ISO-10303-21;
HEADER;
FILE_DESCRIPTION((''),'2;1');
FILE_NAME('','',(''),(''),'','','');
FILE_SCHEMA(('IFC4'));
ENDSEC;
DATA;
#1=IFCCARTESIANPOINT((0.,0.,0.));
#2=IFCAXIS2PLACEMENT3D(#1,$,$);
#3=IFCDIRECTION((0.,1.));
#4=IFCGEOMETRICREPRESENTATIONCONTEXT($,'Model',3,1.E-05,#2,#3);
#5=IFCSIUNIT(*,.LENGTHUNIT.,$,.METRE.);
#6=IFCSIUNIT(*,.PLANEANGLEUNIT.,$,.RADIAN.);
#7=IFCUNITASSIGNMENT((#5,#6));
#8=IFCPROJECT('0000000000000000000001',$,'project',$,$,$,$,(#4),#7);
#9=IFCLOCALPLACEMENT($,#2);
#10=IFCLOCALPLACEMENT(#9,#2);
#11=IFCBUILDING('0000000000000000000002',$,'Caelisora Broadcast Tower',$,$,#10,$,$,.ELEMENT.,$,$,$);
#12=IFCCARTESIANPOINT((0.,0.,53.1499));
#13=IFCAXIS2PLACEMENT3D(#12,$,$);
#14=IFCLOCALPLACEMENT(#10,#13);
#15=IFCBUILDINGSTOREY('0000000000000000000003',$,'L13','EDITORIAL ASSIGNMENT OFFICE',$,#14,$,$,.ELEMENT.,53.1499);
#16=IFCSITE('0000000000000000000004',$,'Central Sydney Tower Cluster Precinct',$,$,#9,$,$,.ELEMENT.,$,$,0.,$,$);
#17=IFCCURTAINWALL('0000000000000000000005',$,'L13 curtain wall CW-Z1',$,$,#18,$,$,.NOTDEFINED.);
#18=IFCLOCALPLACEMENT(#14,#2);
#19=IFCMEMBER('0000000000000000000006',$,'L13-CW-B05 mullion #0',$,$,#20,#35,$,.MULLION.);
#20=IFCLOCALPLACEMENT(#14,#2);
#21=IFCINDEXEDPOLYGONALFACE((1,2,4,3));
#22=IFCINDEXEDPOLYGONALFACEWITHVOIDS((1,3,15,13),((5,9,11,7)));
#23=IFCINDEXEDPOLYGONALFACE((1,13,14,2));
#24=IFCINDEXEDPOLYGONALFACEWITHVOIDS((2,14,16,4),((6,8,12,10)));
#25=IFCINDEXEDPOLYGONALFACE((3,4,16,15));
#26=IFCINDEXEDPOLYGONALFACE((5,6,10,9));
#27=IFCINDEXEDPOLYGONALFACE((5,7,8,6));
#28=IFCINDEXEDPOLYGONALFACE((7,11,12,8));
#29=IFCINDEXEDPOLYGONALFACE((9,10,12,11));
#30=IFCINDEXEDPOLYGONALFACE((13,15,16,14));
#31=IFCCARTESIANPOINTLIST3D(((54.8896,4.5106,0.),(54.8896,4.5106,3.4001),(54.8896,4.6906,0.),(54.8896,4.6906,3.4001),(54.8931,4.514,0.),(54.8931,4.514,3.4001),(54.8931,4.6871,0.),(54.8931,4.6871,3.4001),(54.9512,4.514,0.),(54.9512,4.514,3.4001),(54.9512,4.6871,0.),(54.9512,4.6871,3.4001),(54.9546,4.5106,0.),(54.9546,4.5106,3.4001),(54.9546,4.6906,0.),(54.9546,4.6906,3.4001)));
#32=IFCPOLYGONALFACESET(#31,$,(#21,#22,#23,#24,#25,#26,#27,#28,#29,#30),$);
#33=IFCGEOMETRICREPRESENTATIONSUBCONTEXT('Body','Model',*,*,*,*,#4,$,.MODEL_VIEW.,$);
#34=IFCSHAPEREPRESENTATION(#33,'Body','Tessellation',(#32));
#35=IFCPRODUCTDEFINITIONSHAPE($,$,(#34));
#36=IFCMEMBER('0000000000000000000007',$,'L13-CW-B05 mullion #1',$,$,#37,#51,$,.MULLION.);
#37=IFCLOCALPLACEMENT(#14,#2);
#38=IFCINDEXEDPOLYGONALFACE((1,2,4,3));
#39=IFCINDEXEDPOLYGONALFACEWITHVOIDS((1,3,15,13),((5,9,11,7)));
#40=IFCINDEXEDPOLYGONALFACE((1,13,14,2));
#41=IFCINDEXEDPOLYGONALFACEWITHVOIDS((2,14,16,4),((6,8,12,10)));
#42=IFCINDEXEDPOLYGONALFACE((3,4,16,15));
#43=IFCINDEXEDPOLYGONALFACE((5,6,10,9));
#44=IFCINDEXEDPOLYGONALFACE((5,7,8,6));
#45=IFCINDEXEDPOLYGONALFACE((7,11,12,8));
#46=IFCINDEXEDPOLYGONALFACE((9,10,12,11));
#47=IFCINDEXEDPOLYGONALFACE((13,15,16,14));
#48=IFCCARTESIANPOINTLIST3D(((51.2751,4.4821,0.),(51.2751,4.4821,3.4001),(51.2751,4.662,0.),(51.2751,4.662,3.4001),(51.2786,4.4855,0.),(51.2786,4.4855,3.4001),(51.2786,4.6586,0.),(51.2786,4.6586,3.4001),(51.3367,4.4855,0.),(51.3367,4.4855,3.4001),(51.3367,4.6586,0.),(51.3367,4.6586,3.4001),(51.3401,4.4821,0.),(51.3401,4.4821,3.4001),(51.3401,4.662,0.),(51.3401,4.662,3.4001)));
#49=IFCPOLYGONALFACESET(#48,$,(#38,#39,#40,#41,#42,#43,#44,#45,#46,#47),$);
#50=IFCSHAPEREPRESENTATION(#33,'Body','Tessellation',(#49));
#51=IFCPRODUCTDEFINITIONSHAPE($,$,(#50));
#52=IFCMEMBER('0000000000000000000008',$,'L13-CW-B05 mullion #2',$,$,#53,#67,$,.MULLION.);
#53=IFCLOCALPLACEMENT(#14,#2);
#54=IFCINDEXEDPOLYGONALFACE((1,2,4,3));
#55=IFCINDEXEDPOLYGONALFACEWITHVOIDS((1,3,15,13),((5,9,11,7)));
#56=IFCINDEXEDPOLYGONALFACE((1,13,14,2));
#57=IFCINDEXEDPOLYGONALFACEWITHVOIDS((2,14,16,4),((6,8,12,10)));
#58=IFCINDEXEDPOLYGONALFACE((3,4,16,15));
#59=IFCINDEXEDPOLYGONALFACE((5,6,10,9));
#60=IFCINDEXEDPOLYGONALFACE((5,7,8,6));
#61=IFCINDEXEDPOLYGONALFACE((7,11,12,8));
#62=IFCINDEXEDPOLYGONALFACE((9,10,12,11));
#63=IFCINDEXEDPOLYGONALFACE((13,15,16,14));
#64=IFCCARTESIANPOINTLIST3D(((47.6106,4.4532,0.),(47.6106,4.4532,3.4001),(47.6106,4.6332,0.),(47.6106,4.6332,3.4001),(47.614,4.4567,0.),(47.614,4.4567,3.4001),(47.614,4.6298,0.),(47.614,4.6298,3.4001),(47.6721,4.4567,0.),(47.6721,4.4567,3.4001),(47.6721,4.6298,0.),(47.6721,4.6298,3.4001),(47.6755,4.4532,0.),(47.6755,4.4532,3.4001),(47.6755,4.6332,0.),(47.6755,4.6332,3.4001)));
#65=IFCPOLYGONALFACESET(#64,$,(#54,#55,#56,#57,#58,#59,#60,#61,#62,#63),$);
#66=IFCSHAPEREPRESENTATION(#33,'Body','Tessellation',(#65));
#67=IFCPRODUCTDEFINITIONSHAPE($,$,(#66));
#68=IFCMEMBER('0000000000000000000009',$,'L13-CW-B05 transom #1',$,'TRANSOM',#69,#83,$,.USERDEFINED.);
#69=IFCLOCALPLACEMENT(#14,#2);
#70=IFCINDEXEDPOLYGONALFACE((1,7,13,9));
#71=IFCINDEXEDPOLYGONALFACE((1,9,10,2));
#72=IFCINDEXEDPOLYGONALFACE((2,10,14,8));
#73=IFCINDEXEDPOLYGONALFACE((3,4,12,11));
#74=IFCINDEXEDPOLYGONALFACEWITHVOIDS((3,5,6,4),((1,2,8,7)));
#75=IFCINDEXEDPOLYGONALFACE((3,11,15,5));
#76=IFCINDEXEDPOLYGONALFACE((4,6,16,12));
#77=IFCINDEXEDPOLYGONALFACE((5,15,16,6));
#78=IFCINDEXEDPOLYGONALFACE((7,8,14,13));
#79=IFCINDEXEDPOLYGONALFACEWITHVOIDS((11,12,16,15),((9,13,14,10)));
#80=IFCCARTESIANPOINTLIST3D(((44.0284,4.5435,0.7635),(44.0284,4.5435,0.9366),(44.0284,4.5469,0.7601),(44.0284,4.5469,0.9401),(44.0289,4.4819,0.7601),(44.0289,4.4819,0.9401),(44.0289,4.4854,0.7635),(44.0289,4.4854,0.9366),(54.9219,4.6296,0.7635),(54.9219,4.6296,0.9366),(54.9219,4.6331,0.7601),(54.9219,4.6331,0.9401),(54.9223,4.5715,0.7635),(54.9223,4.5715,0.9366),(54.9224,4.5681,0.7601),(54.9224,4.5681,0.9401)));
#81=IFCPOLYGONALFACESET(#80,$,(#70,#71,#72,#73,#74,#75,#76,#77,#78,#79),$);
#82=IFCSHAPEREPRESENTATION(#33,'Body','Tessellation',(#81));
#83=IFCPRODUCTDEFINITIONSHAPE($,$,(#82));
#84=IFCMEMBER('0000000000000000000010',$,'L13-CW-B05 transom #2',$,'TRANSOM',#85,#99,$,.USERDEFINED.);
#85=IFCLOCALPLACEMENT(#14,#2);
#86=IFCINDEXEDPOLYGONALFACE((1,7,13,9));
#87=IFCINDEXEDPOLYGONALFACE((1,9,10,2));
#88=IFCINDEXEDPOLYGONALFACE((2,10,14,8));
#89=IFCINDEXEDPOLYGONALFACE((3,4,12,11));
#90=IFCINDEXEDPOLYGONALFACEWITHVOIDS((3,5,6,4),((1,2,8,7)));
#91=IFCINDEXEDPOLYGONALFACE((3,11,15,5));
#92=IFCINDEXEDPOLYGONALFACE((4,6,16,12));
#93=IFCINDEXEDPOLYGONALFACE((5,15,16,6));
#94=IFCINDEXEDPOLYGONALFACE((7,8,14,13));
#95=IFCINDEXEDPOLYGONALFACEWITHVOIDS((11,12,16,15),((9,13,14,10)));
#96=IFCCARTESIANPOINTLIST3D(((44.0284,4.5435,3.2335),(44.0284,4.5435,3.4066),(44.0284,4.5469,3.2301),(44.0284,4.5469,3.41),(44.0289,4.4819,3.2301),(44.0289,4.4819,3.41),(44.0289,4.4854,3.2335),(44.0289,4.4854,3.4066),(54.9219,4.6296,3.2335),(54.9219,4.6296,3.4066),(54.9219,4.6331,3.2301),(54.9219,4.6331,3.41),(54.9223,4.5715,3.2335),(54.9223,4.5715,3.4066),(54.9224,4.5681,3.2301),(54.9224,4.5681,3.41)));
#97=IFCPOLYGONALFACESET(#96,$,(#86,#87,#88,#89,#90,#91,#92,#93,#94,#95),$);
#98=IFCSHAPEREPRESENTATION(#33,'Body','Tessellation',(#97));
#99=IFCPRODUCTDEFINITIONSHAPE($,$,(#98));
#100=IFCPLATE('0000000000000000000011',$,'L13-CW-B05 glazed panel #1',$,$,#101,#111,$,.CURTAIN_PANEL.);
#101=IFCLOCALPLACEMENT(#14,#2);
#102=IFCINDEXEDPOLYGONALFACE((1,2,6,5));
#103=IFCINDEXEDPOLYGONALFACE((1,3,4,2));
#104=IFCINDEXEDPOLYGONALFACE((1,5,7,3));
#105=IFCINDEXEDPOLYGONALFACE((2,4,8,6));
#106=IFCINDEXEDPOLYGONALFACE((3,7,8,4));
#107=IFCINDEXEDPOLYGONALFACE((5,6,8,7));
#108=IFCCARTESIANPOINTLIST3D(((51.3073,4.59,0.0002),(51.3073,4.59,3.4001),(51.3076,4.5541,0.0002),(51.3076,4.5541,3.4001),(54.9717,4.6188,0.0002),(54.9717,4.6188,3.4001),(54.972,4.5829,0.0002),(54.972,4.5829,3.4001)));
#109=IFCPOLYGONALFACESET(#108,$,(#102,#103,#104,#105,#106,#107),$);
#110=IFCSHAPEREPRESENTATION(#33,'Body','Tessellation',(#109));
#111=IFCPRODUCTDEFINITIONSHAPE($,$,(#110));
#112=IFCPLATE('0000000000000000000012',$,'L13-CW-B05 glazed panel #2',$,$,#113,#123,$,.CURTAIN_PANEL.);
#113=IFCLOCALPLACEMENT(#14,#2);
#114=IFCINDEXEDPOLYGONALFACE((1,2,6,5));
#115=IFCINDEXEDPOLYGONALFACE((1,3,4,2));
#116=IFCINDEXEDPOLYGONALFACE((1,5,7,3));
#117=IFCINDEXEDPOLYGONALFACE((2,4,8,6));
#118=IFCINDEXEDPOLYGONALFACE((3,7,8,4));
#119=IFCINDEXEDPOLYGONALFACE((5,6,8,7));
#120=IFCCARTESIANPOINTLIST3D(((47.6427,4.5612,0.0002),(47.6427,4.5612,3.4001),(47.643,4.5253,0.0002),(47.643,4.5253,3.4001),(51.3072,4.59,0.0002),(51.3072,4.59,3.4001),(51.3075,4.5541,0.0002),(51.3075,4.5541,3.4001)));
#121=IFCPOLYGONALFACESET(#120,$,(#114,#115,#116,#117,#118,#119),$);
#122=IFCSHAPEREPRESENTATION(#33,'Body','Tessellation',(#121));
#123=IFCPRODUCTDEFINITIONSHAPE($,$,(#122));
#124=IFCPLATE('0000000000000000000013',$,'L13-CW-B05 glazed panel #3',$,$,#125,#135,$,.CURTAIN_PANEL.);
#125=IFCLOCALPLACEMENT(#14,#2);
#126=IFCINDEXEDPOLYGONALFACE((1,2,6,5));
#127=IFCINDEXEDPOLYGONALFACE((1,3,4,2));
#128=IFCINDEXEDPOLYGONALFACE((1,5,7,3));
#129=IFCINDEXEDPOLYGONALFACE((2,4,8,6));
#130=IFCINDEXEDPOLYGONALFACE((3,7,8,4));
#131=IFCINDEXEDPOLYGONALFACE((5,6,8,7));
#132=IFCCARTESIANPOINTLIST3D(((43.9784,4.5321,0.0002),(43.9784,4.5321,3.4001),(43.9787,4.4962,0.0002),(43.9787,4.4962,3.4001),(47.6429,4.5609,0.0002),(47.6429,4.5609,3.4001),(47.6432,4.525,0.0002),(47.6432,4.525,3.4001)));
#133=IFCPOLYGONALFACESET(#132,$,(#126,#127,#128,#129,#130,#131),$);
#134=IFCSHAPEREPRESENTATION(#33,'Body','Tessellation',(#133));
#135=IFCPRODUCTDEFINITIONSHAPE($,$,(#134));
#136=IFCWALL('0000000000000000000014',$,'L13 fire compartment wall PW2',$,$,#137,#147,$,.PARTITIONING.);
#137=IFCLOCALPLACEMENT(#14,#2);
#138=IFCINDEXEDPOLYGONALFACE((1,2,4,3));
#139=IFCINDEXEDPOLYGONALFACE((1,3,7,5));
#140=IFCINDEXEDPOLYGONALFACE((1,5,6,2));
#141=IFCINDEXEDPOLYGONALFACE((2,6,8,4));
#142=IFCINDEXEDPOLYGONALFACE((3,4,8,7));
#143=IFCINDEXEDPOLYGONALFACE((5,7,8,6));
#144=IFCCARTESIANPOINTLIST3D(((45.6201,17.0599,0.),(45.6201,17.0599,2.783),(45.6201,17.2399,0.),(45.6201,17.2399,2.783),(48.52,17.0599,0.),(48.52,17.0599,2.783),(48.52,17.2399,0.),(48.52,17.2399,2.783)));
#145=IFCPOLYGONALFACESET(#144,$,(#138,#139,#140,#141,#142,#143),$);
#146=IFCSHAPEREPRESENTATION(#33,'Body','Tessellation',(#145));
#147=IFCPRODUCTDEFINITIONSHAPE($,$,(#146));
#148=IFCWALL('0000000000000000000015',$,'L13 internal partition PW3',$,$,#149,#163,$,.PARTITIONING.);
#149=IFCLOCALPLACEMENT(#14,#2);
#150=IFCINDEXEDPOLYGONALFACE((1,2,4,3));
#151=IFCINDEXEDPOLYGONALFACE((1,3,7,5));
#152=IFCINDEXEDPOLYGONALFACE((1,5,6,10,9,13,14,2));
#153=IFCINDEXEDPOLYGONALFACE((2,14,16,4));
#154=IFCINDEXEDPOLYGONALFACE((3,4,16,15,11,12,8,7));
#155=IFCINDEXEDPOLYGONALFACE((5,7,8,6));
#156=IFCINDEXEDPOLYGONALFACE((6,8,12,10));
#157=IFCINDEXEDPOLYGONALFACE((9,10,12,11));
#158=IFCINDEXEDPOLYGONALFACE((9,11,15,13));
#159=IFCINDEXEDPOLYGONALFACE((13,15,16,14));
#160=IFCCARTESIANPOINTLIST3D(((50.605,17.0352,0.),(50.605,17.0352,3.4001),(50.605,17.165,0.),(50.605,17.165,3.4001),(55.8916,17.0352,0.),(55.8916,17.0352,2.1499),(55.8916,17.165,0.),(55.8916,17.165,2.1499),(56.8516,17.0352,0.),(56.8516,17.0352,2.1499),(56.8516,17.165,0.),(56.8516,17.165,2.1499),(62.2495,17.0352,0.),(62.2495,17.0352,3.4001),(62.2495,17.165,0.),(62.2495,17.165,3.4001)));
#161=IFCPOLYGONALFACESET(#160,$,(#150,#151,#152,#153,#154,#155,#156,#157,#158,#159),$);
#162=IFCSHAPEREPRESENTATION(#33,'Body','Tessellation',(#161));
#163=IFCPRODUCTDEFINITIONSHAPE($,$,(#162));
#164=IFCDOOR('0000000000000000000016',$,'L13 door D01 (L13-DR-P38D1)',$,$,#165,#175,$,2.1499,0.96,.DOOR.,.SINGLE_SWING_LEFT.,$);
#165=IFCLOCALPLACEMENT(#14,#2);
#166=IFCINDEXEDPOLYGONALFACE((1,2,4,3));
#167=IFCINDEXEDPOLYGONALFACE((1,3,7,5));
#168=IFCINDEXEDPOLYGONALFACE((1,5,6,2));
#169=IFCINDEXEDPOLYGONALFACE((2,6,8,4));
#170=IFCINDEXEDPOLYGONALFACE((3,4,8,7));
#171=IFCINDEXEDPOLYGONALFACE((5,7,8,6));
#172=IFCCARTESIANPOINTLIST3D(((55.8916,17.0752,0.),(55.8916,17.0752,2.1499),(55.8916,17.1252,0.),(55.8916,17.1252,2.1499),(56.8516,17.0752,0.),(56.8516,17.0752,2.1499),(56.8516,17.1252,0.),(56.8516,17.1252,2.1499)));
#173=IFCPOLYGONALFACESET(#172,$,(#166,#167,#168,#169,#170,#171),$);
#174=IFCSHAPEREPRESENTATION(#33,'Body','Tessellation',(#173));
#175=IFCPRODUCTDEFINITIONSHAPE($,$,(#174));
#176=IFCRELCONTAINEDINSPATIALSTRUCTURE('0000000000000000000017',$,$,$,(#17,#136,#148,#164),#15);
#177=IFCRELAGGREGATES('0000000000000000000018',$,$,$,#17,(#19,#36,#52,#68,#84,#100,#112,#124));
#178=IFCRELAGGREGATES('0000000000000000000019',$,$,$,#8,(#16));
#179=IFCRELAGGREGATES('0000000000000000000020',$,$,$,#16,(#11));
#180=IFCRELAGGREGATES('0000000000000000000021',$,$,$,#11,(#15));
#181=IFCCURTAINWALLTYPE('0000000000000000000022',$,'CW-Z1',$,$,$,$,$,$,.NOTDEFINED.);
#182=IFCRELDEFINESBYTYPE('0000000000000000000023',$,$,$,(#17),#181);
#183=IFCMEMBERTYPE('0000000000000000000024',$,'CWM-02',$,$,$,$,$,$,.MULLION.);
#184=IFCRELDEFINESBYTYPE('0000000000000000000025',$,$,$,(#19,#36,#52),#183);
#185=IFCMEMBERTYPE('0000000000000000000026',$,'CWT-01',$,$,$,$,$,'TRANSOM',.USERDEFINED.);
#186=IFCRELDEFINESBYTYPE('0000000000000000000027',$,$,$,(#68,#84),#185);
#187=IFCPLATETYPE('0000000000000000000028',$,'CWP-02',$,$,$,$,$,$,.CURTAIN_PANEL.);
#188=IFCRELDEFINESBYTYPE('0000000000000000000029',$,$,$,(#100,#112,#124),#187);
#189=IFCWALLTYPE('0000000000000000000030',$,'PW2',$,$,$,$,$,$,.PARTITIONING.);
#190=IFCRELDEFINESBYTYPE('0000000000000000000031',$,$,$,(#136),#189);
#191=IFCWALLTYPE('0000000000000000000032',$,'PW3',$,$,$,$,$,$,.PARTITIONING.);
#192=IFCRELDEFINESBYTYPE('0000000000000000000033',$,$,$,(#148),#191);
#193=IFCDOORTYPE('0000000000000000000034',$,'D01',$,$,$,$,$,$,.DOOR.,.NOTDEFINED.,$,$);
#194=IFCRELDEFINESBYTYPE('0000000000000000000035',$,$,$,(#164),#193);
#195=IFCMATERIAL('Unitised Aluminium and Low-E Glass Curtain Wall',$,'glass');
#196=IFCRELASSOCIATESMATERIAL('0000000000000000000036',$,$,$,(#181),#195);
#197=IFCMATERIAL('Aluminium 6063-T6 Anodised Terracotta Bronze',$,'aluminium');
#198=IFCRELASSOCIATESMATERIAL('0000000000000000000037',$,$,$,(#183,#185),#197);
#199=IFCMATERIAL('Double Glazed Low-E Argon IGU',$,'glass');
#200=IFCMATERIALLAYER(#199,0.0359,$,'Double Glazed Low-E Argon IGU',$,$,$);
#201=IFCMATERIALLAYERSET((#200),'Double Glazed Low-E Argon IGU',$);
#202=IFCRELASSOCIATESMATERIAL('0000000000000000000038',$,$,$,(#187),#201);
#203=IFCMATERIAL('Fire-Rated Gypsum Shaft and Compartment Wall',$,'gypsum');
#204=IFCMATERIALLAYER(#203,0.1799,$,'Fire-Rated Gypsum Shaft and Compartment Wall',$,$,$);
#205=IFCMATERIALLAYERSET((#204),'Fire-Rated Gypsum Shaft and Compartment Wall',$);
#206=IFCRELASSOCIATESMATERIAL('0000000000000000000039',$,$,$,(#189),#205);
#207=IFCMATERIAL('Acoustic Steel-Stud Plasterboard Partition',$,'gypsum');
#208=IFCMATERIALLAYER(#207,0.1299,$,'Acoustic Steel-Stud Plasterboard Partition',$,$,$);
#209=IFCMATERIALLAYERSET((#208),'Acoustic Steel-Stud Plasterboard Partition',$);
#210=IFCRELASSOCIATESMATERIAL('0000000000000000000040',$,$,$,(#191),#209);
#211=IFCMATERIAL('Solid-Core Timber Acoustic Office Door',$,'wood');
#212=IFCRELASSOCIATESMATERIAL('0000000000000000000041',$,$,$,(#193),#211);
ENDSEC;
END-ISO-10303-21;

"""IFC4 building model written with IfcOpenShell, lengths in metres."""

from ifc_helpers import new_model, si_unit, direction, frame, frame_2d, origin, origin_2d, place, context, subcontext, project, spatial, rectangle, hollow_rectangle, extrude, source, transform, mapped, material, layer, layer_set, material_profile, profile_set, type_object, type_shapes, element, fill, aggregate, save


model = new_model("IFC4")

# Units and contexts
model_context = context("Model", 3, precision=1e-05, world=origin(), true_north=direction((0.0, 1.0)))
body_context = subcontext(model_context, "Body", "Model", "MODEL_VIEW")
ifc_project = project(units=[si_unit("LENGTHUNIT", "METRE"), si_unit("PLANEANGLEUNIT", "RADIAN")], contexts=[model_context])

# Site, building, storey
site_placement = place(None, origin())
site = spatial("IfcSite", under=ifc_project, at=site_placement, Name="Central Sydney Tower Cluster Precinct", CompositionType="ELEMENT", RefElevation=0.0)
building_placement = place(site_placement, origin())
building = spatial("IfcBuilding", under=site, at=building_placement, Name="Caelisora Broadcast Tower", CompositionType="ELEMENT")
storey_placement = place(building_placement, frame((0.0, 0.0, 53.1499)))
storey = spatial("IfcBuildingStorey", under=building, at=storey_placement, Name="L13", Description="EDITORIAL ASSIGNMENT OFFICE", CompositionType="ELEMENT", Elevation=53.1499)

# Curtain wall, members, plates
ifc_material_1 = material(Name="Unitised Aluminium and Low-E Glass Curtain Wall", Category="glass")
curtain_wall_type = type_object("IfcCurtainWallType", Name="CW-Z1", PredefinedType="NOTDEFINED", material=ifc_material_1)
curtain_wall_placement = place(storey_placement, origin())
curtain_wall = element("IfcCurtainWall", 1, at=curtain_wall_placement, inside=storey, type_object=curtain_wall_type, Name="L13 curtain wall CW-Z1", PredefinedType="NOTDEFINED")
ifc_material_2 = material(Name="Aluminium 6063-T6 Anodised Terracotta Bronze", Category="aluminium")
ifc_material_profile_1 = material_profile(ifc_material_2, hollow_rectangle(XDim=0.0649, YDim=0.1799, WallThickness=0.0034, at=origin_2d()), Name="Aluminium 6063-T6 Anodised Terracotta Bronze")
ifc_profile_set_1 = profile_set([ifc_material_profile_1], Name="Aluminium 6063-T6 Anodised Terracotta Bronze")
member_type_1 = type_object("IfcMemberType", Name="CWM-02", PredefinedType="MULLION", material=ifc_profile_set_1)
shared_shape_1 = source(origin(), body_context, "Body", "SweptSolid", [
    extrude(hollow_rectangle(XDim=0.0649, YDim=0.1799, WallThickness=0.0034, at=origin_2d()), origin(), (0.0, 0.0, 1.0), 3.4001),
])
type_shapes(member_type_1, [shared_shape_1])
member_1_placement = place(storey_placement, frame((54.9221, 4.6006, 0.0), z_axis=(0.0, 0.0, 1.0), x_axis=(1.0, 0.0, 0.0)))
member_1 = element("IfcMember", 2, at=member_1_placement, type_object=member_type_1, Name="L13-CW-B05 mullion #0", PredefinedType="MULLION", context=body_context, shape_type="MappedRepresentation", body=[
    mapped(shared_shape_1, transform((0.0, 0.0, 0.0), scale=1.0)),
])
member_2_placement = place(storey_placement, frame((51.3076, 4.572, 0.0), z_axis=(0.0, 0.0, 1.0), x_axis=(1.0, 0.0, 0.0)))
member_2 = element("IfcMember", 3, at=member_2_placement, type_object=member_type_1, Name="L13-CW-B05 mullion #1", PredefinedType="MULLION", context=body_context, shape_type="MappedRepresentation", body=[
    mapped(shared_shape_1, transform((0.0, 0.0, 0.0), scale=1.0)),
])
member_3_placement = place(storey_placement, frame((47.6431, 4.5432, 0.0), z_axis=(0.0, 0.0, 1.0), x_axis=(1.0, 0.0, 0.0)))
member_3 = element("IfcMember", 4, at=member_3_placement, type_object=member_type_1, Name="L13-CW-B05 mullion #2", PredefinedType="MULLION", context=body_context, shape_type="MappedRepresentation", body=[
    mapped(shared_shape_1, transform((0.0, 0.0, 0.0), scale=1.0)),
])
ifc_material_profile_2 = material_profile(ifc_material_2, hollow_rectangle(XDim=0.0649, YDim=0.1799, WallThickness=0.0034, at=origin_2d()), Name="Aluminium 6063-T6 Anodised Terracotta Bronze")
ifc_profile_set_2 = profile_set([ifc_material_profile_2], Name="Aluminium 6063-T6 Anodised Terracotta Bronze")
member_type_2 = type_object("IfcMemberType", Name="CWT-01", ElementType="TRANSOM", PredefinedType="USERDEFINED", material=ifc_profile_set_2)
shared_shape_2 = source(origin(), body_context, "Body", "SweptSolid", [
    extrude(hollow_rectangle(XDim=0.0649, YDim=0.1799, WallThickness=0.0034, at=origin_2d()), origin(), (0.0, 0.0, 1.0), 10.8938),
])
type_shapes(member_type_2, [shared_shape_2])
member_4_placement = place(storey_placement, frame((54.9221, 4.6006, 0.8501), z_axis=(-0.999969, -0.007911, 0.0), x_axis=(0.007911, -0.999969, 0.0)))
member_4 = element("IfcMember", 5, at=member_4_placement, type_object=member_type_2, Name="L13-CW-B05 transom #1", ObjectType="TRANSOM", PredefinedType="USERDEFINED", context=body_context, shape_type="MappedRepresentation", body=[
    mapped(shared_shape_2, transform((0.0, 0.0, 0.0), scale=1.0)),
])
member_5_placement = place(storey_placement, frame((54.9221, 4.6006, 3.3201), z_axis=(-0.999969, -0.007911, 0.0), x_axis=(0.007911, -0.999969, 0.0)))
member_5 = element("IfcMember", 6, at=member_5_placement, type_object=member_type_2, Name="L13-CW-B05 transom #2", ObjectType="TRANSOM", PredefinedType="USERDEFINED", context=body_context, shape_type="MappedRepresentation", body=[
    mapped(shared_shape_2, transform((0.0, 0.0, 0.0), scale=1.0)),
])
ifc_material_3 = material(Name="Double Glazed Low-E Argon IGU", Category="glass")
ifc_layer_1 = layer(ifc_material_3, 0.0359, Name="Double Glazed Low-E Argon IGU")
ifc_layer_set_1 = layer_set([ifc_layer_1], Name="Double Glazed Low-E Argon IGU")
plate_type = type_object("IfcPlateType", Name="CWP-02", PredefinedType="CURTAIN_PANEL", material=ifc_layer_set_1)
shared_shape_3 = source(origin(), body_context, "Body", "SweptSolid", [
    extrude(rectangle(XDim=3.6646, YDim=0.0359, at=origin_2d()), origin(), (0.0, 0.0, 1.0), 3.3999),
])
type_shapes(plate_type, [shared_shape_3])
plate_1_placement = place(storey_placement, frame((53.1396, 4.5864, 0.0002), z_axis=(0.0, 0.0, 1.0), x_axis=(-0.999969, -0.007854, 0.0)))
plate_1 = element("IfcPlate", 7, at=plate_1_placement, type_object=plate_type, Name="L13-CW-B05 glazed panel #1", PredefinedType="CURTAIN_PANEL", context=body_context, shape_type="MappedRepresentation", body=[
    mapped(shared_shape_3, transform((0.0, 0.0, 0.0), scale=1.0)),
])
plate_2_placement = place(storey_placement, frame((49.4751, 4.5576, 0.0002), z_axis=(0.0, 0.0, 1.0), x_axis=(-0.999969, -0.007854, 0.0)))
plate_2 = element("IfcPlate", 8, at=plate_2_placement, type_object=plate_type, Name="L13-CW-B05 glazed panel #2", PredefinedType="CURTAIN_PANEL", context=body_context, shape_type="MappedRepresentation", body=[
    mapped(shared_shape_3, transform((0.0, 0.0, 0.0), scale=1.0)),
])
plate_3_placement = place(storey_placement, frame((45.8108, 4.5286, 0.0002), z_axis=(0.0, 0.0, 1.0), x_axis=(-0.999969, -0.007854, 0.0)))
plate_3 = element("IfcPlate", 9, at=plate_3_placement, type_object=plate_type, Name="L13-CW-B05 glazed panel #3", PredefinedType="CURTAIN_PANEL", context=body_context, shape_type="MappedRepresentation", body=[
    mapped(shared_shape_3, transform((0.0, 0.0, 0.0), scale=1.0)),
])
aggregate(curtain_wall, [member_1, member_2, member_3, member_4, member_5, plate_1, plate_2, plate_3])

# Wall
ifc_material_4 = material(Name="Fire-Rated Gypsum Shaft and Compartment Wall", Category="gypsum")
ifc_layer_2 = layer(ifc_material_4, 0.1799, Name="Fire-Rated Gypsum Shaft and Compartment Wall")
ifc_layer_set_2 = layer_set([ifc_layer_2], Name="Fire-Rated Gypsum Shaft and Compartment Wall")
wall_type_1 = type_object("IfcWallType", Name="PW2", PredefinedType="PARTITIONING", material=ifc_layer_set_2)
wall_1_placement = place(storey_placement, frame((45.6201, 17.1499, 0.0), z_axis=(0.0, 0.0, 1.0), x_axis=(1.0, 0.0, 0.0)))
element("IfcWall", 10, at=wall_1_placement, inside=storey, type_object=wall_type_1, Name="L13 fire compartment wall PW2", PredefinedType="PARTITIONING", context=body_context, shape_type="SweptSolid", body=[
    extrude(rectangle(XDim=2.8999, YDim=0.1799, at=frame_2d((1.45, 0.0))), origin(), (0.0, 0.0, 1.0), 2.783),
])

# Wall, opening, door
ifc_material_5 = material(Name="Acoustic Steel-Stud Plasterboard Partition", Category="gypsum")
ifc_layer_3 = layer(ifc_material_5, 0.1299, Name="Acoustic Steel-Stud Plasterboard Partition")
ifc_layer_set_3 = layer_set([ifc_layer_3], Name="Acoustic Steel-Stud Plasterboard Partition")
wall_type_2 = type_object("IfcWallType", Name="PW3", PredefinedType="PARTITIONING", material=ifc_layer_set_3)
wall_2_placement = place(storey_placement, frame((62.2495, 17.1001, 0.0), z_axis=(0.0, 0.0, 1.0), x_axis=(-1.0, 0.0, 0.0)))
wall_2 = element("IfcWall", 11, at=wall_2_placement, inside=storey, type_object=wall_type_2, Name="L13 internal partition PW3", PredefinedType="PARTITIONING", context=body_context, shape_type="SweptSolid", body=[
    extrude(rectangle(XDim=11.6445, YDim=0.1299, at=frame_2d((5.8223, 0.0))), origin(), (0.0, 0.0, 1.0), 3.4001),
])
opening_1_placement = place(wall_2_placement, frame((5.3979, 0.0, 0.0)))
opening_1 = element("IfcOpeningElement", 12, at=opening_1_placement, cuts=wall_2, PredefinedType="OPENING", context=body_context, shape_type="SweptSolid", body=[
    extrude(rectangle(XDim=0.96, YDim=2.1499, at=frame_2d((0.48, 1.075))), frame((0.0, 0.0769, 0.0), z_axis=(0.0, -1.0, 0.0), x_axis=(1.0, 0.0, 0.0)), (0.0, 0.0, 1.0), 0.1538),
])
ifc_material_6 = material(Name="Solid-Core Timber Acoustic Office Door", Category="wood")
door_type_1 = type_object("IfcDoorType", Name="D01", OperationType="NOTDEFINED", PredefinedType="DOOR", material=ifc_material_6)
door_1_placement = place(opening_1_placement, origin())
door_1 = element("IfcDoor", 13, at=door_1_placement, inside=storey, type_object=door_type_1, Name="L13 door D01 (L13-DR-P38D1)", OperationType="SINGLE_SWING_LEFT", OverallHeight=2.1499, OverallWidth=0.96, PredefinedType="DOOR", context=body_context, shape_type="SweptSolid", body=[
    extrude(rectangle(XDim=0.96, YDim=2.1499, at=frame_2d((0.48, 1.075))), frame((0.0, 0.0249, 0.0), z_axis=(0.0, -1.0, 0.0), x_axis=(1.0, 0.0, 0.0)), (0.0, 0.0, 1.0), 0.05),
])
fill(opening_1, door_1)

save(model, "model.ifc")
